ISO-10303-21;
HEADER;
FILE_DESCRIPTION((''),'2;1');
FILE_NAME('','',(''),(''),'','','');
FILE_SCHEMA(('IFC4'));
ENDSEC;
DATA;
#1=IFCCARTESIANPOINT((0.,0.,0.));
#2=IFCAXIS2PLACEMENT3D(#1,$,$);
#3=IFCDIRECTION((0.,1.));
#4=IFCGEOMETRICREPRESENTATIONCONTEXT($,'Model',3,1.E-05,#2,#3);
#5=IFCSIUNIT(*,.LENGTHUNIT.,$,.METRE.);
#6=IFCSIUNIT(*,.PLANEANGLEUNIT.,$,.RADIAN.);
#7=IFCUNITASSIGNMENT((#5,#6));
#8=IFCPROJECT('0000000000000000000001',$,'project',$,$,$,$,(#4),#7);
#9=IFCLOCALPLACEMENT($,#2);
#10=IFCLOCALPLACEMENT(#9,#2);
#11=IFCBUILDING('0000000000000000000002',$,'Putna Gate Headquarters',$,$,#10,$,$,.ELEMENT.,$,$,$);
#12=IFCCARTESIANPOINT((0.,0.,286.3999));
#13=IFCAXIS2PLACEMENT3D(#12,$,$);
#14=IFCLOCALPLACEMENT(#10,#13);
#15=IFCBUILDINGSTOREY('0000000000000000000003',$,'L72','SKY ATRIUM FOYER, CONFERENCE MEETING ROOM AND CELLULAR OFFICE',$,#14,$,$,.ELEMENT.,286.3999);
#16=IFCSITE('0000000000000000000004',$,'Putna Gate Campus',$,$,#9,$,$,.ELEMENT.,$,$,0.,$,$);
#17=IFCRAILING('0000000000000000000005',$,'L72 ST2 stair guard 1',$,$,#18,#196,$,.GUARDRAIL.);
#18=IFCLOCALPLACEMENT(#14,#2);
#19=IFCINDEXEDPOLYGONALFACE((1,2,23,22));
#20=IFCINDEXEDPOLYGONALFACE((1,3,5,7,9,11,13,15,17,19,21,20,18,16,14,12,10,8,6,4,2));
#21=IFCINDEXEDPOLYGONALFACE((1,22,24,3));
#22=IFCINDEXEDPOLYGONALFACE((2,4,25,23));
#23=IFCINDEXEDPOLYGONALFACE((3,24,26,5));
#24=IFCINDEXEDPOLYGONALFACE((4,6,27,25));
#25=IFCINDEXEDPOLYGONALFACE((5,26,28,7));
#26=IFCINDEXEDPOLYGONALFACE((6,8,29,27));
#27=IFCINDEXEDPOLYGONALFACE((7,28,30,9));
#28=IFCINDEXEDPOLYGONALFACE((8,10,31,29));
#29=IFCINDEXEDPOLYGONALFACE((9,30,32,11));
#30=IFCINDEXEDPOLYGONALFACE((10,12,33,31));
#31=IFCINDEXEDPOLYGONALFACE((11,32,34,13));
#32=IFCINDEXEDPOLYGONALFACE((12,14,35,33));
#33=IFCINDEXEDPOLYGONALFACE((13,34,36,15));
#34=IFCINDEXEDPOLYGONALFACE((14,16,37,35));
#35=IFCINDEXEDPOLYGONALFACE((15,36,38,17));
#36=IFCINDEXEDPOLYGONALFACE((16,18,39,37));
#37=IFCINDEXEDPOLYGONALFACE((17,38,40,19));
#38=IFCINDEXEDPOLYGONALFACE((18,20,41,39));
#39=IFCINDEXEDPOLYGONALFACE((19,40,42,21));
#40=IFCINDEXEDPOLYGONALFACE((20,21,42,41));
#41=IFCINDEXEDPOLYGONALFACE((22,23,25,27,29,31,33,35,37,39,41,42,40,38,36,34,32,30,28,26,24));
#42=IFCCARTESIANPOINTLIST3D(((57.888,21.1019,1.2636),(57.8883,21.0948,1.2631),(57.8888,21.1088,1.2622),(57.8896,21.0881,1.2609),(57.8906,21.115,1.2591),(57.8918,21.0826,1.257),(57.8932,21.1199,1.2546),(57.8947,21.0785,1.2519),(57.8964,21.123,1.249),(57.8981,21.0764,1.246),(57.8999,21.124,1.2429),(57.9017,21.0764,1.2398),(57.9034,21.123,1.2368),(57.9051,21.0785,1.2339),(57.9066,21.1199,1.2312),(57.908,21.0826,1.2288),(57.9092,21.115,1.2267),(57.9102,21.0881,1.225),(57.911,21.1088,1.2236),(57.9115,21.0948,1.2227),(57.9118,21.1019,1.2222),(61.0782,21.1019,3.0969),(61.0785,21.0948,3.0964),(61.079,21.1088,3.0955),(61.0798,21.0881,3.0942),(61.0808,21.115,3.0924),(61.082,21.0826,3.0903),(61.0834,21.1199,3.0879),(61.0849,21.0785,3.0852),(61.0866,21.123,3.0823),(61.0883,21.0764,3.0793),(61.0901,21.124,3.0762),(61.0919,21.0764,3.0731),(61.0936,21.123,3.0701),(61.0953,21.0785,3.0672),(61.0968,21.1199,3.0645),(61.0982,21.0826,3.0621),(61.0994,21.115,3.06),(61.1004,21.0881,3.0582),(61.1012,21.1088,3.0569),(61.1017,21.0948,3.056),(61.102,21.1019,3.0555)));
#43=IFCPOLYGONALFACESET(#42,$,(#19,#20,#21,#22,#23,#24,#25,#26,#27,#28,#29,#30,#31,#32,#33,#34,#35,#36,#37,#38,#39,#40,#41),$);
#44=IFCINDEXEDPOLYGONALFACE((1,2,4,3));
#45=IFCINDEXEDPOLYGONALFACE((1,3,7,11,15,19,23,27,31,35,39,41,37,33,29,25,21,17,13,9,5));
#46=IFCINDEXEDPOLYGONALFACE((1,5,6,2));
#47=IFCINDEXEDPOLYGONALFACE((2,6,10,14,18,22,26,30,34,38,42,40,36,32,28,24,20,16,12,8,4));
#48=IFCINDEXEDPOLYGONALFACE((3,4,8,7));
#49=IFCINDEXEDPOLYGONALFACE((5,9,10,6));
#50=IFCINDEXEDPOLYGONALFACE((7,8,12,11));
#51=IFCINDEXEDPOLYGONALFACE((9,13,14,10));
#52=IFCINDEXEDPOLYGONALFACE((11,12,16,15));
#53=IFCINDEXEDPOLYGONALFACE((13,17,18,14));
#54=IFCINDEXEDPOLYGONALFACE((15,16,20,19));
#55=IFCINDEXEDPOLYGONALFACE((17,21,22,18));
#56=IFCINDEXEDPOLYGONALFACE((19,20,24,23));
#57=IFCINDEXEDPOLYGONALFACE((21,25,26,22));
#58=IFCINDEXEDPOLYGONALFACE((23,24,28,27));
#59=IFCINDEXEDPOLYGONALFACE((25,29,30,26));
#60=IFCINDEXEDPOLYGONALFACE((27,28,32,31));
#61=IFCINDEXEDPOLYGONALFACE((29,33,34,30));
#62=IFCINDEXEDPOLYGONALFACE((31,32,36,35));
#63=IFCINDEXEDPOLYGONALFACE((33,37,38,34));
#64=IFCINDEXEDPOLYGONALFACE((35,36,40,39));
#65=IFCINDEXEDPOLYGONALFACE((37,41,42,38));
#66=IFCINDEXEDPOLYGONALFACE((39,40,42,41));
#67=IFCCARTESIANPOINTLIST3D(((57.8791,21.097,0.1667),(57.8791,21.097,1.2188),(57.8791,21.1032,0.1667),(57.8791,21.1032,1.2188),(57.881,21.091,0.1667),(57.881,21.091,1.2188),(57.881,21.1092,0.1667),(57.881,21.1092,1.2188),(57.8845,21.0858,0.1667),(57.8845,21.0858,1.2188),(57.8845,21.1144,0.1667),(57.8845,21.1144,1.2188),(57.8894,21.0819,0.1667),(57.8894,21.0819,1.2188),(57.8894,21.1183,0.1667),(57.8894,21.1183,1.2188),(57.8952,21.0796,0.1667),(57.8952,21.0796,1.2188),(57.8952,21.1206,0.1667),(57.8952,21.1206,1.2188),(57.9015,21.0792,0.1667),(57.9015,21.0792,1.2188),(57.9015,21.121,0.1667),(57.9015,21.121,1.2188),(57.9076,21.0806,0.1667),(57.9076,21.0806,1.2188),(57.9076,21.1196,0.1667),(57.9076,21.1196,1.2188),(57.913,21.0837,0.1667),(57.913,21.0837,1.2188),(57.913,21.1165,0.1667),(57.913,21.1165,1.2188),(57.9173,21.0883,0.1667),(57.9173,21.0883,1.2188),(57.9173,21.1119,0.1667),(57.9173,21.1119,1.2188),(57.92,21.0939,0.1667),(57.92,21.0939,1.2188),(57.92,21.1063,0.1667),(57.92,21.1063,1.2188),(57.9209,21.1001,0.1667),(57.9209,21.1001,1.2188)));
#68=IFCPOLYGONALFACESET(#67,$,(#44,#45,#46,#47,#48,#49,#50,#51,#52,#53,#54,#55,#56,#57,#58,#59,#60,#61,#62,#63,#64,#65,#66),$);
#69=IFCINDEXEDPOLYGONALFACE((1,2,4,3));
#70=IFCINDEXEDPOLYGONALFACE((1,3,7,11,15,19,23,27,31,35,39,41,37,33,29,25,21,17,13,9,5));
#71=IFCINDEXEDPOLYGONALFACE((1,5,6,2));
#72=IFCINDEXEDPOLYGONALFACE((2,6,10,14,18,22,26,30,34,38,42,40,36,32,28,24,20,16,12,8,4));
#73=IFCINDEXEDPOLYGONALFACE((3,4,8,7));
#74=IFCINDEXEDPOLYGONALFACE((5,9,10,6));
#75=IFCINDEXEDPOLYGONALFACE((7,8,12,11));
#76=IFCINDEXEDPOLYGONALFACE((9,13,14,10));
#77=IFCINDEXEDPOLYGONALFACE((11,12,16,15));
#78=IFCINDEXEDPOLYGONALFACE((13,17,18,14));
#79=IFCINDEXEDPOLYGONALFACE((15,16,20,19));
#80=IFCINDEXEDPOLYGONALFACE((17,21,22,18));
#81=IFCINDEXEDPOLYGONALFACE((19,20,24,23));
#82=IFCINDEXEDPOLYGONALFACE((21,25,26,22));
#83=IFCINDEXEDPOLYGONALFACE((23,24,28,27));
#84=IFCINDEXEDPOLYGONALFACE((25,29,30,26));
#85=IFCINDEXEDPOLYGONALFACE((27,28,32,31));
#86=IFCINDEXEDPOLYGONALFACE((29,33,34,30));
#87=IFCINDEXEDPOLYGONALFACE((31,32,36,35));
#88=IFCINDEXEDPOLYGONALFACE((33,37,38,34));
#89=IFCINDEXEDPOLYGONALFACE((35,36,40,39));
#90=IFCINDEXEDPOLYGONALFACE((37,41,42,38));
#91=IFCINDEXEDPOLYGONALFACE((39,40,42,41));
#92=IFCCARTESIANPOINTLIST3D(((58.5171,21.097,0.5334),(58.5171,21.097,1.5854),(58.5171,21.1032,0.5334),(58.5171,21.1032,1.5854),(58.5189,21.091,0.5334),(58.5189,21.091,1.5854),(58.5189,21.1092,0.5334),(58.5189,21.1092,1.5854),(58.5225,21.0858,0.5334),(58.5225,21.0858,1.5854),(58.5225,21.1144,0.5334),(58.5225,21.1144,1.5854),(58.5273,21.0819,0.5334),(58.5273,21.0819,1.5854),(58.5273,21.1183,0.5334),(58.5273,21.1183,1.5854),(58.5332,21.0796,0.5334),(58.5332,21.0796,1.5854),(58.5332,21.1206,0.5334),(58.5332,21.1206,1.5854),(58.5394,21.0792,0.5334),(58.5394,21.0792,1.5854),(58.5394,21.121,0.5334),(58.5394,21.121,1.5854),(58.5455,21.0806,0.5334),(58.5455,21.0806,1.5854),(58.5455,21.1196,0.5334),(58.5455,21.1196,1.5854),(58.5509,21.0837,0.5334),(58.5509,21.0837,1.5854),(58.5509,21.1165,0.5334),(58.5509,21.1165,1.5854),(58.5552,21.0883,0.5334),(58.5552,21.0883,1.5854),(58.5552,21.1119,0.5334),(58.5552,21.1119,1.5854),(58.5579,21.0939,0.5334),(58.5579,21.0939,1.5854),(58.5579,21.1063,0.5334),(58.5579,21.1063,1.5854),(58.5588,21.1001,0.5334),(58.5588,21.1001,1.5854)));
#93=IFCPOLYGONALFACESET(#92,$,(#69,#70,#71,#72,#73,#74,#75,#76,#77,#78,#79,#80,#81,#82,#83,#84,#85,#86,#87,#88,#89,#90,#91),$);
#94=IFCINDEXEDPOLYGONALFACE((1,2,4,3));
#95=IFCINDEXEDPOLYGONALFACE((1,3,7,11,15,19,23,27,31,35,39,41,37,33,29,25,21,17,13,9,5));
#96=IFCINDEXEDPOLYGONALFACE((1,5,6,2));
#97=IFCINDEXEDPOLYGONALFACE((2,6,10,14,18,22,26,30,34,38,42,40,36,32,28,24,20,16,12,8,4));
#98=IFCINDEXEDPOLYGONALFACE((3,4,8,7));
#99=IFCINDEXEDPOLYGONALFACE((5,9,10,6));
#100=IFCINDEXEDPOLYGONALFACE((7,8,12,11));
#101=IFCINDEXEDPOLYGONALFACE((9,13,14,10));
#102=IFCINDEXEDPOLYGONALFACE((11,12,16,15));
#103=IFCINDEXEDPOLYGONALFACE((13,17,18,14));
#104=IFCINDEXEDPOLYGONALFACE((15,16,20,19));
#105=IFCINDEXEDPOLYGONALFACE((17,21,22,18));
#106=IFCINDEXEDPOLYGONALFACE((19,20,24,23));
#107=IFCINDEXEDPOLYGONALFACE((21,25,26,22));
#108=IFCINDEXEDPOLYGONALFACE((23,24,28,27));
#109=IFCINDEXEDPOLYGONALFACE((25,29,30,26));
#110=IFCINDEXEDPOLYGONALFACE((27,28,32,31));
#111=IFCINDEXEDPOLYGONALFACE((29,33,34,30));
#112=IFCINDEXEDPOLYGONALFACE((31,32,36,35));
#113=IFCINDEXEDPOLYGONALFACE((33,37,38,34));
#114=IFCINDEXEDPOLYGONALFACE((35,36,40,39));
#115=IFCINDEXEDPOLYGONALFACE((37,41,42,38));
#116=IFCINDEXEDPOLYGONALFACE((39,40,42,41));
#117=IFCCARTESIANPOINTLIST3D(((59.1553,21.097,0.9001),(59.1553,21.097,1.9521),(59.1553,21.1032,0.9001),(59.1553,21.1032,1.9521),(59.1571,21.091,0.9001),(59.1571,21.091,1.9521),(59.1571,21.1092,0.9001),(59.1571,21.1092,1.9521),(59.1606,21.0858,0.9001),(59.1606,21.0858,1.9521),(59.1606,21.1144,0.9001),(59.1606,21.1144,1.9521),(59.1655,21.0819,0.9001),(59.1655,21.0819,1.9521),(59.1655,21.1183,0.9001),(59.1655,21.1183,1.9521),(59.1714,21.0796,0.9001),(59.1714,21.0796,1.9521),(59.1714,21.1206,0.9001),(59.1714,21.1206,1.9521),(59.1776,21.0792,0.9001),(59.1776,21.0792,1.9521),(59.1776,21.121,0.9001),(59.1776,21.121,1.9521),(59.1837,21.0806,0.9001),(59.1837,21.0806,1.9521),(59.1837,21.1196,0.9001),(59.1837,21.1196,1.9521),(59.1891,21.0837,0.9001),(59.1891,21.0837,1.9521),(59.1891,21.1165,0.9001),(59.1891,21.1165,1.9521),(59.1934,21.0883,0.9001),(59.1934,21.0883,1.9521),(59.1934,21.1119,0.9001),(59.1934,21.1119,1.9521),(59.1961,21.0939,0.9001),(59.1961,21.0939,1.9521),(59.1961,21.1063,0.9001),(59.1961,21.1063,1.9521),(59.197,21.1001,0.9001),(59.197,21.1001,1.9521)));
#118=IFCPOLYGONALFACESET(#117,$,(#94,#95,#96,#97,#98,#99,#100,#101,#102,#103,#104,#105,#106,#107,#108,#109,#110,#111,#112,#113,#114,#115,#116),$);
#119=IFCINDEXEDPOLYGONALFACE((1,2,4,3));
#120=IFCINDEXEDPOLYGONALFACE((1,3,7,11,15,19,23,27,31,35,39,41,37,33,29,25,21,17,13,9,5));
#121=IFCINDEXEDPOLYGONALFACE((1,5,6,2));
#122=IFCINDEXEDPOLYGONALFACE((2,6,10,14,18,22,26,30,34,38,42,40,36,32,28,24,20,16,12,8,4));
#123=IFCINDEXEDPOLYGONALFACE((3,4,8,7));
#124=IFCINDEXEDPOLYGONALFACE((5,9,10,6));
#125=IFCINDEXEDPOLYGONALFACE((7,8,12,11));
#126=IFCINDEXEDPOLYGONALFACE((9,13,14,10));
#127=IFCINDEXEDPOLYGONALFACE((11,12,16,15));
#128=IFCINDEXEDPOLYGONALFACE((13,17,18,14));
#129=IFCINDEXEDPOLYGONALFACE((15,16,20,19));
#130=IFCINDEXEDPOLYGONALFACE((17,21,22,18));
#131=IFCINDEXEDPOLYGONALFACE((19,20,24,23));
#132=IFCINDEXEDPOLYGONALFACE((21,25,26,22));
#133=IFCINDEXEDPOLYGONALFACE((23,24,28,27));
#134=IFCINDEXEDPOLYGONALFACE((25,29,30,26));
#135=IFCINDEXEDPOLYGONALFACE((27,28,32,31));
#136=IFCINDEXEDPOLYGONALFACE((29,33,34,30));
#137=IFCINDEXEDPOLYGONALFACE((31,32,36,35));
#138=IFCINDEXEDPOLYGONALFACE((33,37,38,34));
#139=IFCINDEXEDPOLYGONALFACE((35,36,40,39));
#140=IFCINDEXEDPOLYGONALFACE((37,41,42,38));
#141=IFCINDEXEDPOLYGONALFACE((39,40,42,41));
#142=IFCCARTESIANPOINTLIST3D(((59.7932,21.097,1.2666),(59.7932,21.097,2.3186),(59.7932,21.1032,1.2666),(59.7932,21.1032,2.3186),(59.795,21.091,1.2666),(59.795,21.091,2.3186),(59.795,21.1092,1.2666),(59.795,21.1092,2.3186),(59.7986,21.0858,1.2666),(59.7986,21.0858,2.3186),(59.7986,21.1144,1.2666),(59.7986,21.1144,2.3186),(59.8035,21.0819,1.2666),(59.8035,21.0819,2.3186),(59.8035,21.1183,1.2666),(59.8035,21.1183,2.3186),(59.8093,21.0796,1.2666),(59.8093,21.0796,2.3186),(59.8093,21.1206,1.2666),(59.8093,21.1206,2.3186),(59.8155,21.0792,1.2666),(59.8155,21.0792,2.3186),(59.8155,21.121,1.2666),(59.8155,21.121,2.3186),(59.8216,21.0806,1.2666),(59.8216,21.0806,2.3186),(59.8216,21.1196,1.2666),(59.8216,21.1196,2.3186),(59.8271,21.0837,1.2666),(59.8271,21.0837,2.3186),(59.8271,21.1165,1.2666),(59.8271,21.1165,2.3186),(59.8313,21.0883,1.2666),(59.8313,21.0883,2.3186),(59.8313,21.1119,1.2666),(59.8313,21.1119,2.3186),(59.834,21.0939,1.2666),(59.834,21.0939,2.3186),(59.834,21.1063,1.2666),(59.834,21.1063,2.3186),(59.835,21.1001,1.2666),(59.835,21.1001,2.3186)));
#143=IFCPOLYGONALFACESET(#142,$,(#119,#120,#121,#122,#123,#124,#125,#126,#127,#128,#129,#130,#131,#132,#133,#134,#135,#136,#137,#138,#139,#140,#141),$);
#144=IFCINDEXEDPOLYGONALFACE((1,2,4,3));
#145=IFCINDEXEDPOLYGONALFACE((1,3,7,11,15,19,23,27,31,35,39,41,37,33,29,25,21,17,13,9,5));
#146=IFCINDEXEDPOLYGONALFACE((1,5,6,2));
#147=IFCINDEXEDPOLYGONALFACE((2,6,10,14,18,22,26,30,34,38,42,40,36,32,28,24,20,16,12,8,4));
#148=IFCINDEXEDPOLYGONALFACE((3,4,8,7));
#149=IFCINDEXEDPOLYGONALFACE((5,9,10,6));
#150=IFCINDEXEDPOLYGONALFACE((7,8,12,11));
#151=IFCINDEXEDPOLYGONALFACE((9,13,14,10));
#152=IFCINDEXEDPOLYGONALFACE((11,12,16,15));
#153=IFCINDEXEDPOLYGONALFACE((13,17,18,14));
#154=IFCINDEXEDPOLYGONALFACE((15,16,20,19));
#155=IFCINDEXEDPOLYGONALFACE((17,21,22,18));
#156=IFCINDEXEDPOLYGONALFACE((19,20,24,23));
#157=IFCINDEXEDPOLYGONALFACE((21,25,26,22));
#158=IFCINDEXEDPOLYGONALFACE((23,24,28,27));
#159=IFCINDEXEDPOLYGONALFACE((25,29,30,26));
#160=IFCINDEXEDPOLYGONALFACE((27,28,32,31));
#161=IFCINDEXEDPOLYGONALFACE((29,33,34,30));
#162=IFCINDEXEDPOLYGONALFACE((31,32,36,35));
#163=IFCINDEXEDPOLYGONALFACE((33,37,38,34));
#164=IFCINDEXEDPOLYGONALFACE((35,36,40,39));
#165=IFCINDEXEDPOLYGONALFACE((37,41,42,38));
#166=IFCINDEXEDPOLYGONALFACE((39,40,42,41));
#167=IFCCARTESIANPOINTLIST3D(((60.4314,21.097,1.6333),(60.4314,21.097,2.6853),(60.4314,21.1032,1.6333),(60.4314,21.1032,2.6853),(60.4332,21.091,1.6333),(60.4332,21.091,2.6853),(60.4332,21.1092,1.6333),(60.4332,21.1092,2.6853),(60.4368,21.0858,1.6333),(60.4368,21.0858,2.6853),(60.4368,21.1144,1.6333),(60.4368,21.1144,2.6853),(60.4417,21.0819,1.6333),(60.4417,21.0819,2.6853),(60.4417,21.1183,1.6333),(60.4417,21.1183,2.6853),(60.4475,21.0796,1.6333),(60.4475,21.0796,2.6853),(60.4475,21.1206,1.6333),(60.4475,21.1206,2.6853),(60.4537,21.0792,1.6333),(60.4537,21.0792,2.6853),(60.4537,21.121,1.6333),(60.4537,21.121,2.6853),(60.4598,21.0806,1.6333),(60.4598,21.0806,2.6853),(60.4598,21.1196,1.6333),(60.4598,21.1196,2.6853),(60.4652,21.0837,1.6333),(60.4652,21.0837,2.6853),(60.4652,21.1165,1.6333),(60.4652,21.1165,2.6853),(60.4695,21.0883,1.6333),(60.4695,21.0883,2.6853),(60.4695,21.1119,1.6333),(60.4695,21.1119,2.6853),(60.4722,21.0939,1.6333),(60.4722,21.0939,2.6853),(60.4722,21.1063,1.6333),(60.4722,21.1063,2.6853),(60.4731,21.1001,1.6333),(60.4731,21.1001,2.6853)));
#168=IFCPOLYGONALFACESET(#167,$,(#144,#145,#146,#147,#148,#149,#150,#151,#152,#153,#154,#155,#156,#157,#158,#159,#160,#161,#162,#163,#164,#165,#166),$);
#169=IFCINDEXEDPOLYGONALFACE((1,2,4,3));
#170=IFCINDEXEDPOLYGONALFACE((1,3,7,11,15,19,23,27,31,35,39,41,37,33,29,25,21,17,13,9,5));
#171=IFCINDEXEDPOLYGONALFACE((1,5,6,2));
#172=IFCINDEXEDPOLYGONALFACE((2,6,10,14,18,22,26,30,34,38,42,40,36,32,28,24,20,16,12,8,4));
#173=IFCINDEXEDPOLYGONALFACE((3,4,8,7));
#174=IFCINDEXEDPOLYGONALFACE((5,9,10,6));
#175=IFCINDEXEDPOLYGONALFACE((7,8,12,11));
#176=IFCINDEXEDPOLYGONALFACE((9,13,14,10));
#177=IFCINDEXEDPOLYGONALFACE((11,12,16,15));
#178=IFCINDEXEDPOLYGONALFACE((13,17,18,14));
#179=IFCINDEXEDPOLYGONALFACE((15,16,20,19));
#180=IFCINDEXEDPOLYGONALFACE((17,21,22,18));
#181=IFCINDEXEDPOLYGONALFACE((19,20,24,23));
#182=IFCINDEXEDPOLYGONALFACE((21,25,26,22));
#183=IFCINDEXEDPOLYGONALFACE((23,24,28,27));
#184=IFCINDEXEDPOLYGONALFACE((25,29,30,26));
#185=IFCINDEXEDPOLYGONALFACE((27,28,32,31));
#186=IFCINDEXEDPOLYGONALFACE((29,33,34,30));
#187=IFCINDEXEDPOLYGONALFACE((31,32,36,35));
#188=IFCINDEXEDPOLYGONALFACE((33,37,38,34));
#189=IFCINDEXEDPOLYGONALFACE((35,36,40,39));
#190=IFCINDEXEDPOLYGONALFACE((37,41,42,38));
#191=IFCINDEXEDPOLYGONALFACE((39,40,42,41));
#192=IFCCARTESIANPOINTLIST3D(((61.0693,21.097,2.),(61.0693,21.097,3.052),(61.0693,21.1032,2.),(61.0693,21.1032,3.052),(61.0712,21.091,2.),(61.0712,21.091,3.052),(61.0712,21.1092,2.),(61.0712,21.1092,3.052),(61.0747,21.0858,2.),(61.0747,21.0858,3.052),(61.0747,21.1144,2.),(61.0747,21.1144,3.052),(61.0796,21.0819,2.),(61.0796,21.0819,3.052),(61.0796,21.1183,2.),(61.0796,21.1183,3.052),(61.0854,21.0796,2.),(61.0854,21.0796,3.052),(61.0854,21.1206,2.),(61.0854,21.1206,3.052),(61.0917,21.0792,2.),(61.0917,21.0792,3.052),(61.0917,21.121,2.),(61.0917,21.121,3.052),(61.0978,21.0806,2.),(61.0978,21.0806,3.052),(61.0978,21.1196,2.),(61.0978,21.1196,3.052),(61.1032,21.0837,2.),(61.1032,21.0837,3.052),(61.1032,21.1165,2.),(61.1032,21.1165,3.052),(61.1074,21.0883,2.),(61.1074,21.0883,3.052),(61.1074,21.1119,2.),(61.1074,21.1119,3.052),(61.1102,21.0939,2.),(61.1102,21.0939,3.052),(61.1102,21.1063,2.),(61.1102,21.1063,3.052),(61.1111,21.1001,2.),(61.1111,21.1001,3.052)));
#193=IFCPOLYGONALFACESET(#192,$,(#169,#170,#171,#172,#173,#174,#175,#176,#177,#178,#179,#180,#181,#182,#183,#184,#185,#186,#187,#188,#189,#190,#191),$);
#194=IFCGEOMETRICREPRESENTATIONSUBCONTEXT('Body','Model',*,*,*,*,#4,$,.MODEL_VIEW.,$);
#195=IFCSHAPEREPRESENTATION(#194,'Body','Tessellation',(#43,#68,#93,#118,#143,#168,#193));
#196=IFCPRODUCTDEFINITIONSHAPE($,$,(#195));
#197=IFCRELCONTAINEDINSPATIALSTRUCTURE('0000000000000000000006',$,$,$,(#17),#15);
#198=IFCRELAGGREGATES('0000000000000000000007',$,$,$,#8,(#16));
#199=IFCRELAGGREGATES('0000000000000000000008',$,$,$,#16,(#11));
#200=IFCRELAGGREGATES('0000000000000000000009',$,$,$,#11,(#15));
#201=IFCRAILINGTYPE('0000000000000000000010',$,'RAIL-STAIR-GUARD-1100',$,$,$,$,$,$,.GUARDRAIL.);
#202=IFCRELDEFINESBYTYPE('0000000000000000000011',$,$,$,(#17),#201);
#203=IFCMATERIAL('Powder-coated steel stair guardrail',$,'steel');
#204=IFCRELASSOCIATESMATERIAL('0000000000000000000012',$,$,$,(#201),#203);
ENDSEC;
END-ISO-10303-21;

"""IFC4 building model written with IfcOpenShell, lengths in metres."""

from ifc_helpers import new_model, si_unit, direction, frame, origin, origin_2d, place, context, subcontext, project, spatial, circle, extrude, material, type_object, element, save


model = new_model("IFC4")

# Units and contexts
model_context = context("Model", 3, precision=1e-05, world=origin(), true_north=direction((0.0, 1.0)))
body_context = subcontext(model_context, "Body", "Model", "MODEL_VIEW")
ifc_project = project(units=[si_unit("LENGTHUNIT", "METRE"), si_unit("PLANEANGLEUNIT", "RADIAN")], contexts=[model_context])

# Site, building, storey
site_placement = place(None, origin())
site = spatial("IfcSite", under=ifc_project, at=site_placement, Name="Putna Gate Campus", CompositionType="ELEMENT", RefElevation=0.0)
building_placement = place(site_placement, origin())
building = spatial("IfcBuilding", under=site, at=building_placement, Name="Putna Gate Headquarters", CompositionType="ELEMENT")
storey_placement = place(building_placement, frame((0.0, 0.0, 286.3999)))
storey = spatial("IfcBuildingStorey", under=building, at=storey_placement, Name="L72", Description="SKY ATRIUM FOYER, CONFERENCE MEETING ROOM AND CELLULAR OFFICE", CompositionType="ELEMENT", Elevation=286.3999)

# Railing
ifc_material_1 = material(Name="Powder-coated steel stair guardrail", Category="steel")
railing_type_1 = type_object("IfcRailingType", Name="RAIL-STAIR-GUARD-1100", PredefinedType="GUARDRAIL", material=ifc_material_1)
railing_1_placement = place(storey_placement, frame((57.8999, 21.1001, 0.1667)))
element("IfcRailing", 1, at=railing_1_placement, inside=storey, type_object=railing_type_1, Name="L72 ST2 stair guard 1", PredefinedType="GUARDRAIL", context=body_context, shape_type="SweptSolid", body=[
    extrude(circle(Radius=0.0239, at=origin_2d()), frame((0.0, 0.0, 1.0762), z_axis=(0.867036, 0.0, 0.498245), x_axis=(0.0, 1.0, 0.0)), (0.0, 0.0, 1.0), 3.6794),
    extrude(circle(Radius=0.021, at=origin_2d()), origin(), (0.0, 0.0, 1.0), 1.052),
    extrude(circle(Radius=0.021, at=origin_2d()), frame((0.6379, 0.0, 0.3667)), (0.0, 0.0, 1.0), 1.052),
    extrude(circle(Radius=0.021, at=origin_2d()), frame((1.2761, 0.0, 0.7334)), (0.0, 0.0, 1.0), 1.052),
    extrude(circle(Radius=0.021, at=origin_2d()), frame((1.9141, 0.0, 1.0999)), (0.0, 0.0, 1.0), 1.052),
    extrude(circle(Radius=0.021, at=origin_2d()), frame((2.5522, 0.0, 1.4666)), (0.0, 0.0, 1.0), 1.052),
    extrude(circle(Radius=0.021, at=origin_2d()), frame((3.1902, 0.0, 1.8333)), (0.0, 0.0, 1.0), 1.052),
])

save(model, "model.ifc")
